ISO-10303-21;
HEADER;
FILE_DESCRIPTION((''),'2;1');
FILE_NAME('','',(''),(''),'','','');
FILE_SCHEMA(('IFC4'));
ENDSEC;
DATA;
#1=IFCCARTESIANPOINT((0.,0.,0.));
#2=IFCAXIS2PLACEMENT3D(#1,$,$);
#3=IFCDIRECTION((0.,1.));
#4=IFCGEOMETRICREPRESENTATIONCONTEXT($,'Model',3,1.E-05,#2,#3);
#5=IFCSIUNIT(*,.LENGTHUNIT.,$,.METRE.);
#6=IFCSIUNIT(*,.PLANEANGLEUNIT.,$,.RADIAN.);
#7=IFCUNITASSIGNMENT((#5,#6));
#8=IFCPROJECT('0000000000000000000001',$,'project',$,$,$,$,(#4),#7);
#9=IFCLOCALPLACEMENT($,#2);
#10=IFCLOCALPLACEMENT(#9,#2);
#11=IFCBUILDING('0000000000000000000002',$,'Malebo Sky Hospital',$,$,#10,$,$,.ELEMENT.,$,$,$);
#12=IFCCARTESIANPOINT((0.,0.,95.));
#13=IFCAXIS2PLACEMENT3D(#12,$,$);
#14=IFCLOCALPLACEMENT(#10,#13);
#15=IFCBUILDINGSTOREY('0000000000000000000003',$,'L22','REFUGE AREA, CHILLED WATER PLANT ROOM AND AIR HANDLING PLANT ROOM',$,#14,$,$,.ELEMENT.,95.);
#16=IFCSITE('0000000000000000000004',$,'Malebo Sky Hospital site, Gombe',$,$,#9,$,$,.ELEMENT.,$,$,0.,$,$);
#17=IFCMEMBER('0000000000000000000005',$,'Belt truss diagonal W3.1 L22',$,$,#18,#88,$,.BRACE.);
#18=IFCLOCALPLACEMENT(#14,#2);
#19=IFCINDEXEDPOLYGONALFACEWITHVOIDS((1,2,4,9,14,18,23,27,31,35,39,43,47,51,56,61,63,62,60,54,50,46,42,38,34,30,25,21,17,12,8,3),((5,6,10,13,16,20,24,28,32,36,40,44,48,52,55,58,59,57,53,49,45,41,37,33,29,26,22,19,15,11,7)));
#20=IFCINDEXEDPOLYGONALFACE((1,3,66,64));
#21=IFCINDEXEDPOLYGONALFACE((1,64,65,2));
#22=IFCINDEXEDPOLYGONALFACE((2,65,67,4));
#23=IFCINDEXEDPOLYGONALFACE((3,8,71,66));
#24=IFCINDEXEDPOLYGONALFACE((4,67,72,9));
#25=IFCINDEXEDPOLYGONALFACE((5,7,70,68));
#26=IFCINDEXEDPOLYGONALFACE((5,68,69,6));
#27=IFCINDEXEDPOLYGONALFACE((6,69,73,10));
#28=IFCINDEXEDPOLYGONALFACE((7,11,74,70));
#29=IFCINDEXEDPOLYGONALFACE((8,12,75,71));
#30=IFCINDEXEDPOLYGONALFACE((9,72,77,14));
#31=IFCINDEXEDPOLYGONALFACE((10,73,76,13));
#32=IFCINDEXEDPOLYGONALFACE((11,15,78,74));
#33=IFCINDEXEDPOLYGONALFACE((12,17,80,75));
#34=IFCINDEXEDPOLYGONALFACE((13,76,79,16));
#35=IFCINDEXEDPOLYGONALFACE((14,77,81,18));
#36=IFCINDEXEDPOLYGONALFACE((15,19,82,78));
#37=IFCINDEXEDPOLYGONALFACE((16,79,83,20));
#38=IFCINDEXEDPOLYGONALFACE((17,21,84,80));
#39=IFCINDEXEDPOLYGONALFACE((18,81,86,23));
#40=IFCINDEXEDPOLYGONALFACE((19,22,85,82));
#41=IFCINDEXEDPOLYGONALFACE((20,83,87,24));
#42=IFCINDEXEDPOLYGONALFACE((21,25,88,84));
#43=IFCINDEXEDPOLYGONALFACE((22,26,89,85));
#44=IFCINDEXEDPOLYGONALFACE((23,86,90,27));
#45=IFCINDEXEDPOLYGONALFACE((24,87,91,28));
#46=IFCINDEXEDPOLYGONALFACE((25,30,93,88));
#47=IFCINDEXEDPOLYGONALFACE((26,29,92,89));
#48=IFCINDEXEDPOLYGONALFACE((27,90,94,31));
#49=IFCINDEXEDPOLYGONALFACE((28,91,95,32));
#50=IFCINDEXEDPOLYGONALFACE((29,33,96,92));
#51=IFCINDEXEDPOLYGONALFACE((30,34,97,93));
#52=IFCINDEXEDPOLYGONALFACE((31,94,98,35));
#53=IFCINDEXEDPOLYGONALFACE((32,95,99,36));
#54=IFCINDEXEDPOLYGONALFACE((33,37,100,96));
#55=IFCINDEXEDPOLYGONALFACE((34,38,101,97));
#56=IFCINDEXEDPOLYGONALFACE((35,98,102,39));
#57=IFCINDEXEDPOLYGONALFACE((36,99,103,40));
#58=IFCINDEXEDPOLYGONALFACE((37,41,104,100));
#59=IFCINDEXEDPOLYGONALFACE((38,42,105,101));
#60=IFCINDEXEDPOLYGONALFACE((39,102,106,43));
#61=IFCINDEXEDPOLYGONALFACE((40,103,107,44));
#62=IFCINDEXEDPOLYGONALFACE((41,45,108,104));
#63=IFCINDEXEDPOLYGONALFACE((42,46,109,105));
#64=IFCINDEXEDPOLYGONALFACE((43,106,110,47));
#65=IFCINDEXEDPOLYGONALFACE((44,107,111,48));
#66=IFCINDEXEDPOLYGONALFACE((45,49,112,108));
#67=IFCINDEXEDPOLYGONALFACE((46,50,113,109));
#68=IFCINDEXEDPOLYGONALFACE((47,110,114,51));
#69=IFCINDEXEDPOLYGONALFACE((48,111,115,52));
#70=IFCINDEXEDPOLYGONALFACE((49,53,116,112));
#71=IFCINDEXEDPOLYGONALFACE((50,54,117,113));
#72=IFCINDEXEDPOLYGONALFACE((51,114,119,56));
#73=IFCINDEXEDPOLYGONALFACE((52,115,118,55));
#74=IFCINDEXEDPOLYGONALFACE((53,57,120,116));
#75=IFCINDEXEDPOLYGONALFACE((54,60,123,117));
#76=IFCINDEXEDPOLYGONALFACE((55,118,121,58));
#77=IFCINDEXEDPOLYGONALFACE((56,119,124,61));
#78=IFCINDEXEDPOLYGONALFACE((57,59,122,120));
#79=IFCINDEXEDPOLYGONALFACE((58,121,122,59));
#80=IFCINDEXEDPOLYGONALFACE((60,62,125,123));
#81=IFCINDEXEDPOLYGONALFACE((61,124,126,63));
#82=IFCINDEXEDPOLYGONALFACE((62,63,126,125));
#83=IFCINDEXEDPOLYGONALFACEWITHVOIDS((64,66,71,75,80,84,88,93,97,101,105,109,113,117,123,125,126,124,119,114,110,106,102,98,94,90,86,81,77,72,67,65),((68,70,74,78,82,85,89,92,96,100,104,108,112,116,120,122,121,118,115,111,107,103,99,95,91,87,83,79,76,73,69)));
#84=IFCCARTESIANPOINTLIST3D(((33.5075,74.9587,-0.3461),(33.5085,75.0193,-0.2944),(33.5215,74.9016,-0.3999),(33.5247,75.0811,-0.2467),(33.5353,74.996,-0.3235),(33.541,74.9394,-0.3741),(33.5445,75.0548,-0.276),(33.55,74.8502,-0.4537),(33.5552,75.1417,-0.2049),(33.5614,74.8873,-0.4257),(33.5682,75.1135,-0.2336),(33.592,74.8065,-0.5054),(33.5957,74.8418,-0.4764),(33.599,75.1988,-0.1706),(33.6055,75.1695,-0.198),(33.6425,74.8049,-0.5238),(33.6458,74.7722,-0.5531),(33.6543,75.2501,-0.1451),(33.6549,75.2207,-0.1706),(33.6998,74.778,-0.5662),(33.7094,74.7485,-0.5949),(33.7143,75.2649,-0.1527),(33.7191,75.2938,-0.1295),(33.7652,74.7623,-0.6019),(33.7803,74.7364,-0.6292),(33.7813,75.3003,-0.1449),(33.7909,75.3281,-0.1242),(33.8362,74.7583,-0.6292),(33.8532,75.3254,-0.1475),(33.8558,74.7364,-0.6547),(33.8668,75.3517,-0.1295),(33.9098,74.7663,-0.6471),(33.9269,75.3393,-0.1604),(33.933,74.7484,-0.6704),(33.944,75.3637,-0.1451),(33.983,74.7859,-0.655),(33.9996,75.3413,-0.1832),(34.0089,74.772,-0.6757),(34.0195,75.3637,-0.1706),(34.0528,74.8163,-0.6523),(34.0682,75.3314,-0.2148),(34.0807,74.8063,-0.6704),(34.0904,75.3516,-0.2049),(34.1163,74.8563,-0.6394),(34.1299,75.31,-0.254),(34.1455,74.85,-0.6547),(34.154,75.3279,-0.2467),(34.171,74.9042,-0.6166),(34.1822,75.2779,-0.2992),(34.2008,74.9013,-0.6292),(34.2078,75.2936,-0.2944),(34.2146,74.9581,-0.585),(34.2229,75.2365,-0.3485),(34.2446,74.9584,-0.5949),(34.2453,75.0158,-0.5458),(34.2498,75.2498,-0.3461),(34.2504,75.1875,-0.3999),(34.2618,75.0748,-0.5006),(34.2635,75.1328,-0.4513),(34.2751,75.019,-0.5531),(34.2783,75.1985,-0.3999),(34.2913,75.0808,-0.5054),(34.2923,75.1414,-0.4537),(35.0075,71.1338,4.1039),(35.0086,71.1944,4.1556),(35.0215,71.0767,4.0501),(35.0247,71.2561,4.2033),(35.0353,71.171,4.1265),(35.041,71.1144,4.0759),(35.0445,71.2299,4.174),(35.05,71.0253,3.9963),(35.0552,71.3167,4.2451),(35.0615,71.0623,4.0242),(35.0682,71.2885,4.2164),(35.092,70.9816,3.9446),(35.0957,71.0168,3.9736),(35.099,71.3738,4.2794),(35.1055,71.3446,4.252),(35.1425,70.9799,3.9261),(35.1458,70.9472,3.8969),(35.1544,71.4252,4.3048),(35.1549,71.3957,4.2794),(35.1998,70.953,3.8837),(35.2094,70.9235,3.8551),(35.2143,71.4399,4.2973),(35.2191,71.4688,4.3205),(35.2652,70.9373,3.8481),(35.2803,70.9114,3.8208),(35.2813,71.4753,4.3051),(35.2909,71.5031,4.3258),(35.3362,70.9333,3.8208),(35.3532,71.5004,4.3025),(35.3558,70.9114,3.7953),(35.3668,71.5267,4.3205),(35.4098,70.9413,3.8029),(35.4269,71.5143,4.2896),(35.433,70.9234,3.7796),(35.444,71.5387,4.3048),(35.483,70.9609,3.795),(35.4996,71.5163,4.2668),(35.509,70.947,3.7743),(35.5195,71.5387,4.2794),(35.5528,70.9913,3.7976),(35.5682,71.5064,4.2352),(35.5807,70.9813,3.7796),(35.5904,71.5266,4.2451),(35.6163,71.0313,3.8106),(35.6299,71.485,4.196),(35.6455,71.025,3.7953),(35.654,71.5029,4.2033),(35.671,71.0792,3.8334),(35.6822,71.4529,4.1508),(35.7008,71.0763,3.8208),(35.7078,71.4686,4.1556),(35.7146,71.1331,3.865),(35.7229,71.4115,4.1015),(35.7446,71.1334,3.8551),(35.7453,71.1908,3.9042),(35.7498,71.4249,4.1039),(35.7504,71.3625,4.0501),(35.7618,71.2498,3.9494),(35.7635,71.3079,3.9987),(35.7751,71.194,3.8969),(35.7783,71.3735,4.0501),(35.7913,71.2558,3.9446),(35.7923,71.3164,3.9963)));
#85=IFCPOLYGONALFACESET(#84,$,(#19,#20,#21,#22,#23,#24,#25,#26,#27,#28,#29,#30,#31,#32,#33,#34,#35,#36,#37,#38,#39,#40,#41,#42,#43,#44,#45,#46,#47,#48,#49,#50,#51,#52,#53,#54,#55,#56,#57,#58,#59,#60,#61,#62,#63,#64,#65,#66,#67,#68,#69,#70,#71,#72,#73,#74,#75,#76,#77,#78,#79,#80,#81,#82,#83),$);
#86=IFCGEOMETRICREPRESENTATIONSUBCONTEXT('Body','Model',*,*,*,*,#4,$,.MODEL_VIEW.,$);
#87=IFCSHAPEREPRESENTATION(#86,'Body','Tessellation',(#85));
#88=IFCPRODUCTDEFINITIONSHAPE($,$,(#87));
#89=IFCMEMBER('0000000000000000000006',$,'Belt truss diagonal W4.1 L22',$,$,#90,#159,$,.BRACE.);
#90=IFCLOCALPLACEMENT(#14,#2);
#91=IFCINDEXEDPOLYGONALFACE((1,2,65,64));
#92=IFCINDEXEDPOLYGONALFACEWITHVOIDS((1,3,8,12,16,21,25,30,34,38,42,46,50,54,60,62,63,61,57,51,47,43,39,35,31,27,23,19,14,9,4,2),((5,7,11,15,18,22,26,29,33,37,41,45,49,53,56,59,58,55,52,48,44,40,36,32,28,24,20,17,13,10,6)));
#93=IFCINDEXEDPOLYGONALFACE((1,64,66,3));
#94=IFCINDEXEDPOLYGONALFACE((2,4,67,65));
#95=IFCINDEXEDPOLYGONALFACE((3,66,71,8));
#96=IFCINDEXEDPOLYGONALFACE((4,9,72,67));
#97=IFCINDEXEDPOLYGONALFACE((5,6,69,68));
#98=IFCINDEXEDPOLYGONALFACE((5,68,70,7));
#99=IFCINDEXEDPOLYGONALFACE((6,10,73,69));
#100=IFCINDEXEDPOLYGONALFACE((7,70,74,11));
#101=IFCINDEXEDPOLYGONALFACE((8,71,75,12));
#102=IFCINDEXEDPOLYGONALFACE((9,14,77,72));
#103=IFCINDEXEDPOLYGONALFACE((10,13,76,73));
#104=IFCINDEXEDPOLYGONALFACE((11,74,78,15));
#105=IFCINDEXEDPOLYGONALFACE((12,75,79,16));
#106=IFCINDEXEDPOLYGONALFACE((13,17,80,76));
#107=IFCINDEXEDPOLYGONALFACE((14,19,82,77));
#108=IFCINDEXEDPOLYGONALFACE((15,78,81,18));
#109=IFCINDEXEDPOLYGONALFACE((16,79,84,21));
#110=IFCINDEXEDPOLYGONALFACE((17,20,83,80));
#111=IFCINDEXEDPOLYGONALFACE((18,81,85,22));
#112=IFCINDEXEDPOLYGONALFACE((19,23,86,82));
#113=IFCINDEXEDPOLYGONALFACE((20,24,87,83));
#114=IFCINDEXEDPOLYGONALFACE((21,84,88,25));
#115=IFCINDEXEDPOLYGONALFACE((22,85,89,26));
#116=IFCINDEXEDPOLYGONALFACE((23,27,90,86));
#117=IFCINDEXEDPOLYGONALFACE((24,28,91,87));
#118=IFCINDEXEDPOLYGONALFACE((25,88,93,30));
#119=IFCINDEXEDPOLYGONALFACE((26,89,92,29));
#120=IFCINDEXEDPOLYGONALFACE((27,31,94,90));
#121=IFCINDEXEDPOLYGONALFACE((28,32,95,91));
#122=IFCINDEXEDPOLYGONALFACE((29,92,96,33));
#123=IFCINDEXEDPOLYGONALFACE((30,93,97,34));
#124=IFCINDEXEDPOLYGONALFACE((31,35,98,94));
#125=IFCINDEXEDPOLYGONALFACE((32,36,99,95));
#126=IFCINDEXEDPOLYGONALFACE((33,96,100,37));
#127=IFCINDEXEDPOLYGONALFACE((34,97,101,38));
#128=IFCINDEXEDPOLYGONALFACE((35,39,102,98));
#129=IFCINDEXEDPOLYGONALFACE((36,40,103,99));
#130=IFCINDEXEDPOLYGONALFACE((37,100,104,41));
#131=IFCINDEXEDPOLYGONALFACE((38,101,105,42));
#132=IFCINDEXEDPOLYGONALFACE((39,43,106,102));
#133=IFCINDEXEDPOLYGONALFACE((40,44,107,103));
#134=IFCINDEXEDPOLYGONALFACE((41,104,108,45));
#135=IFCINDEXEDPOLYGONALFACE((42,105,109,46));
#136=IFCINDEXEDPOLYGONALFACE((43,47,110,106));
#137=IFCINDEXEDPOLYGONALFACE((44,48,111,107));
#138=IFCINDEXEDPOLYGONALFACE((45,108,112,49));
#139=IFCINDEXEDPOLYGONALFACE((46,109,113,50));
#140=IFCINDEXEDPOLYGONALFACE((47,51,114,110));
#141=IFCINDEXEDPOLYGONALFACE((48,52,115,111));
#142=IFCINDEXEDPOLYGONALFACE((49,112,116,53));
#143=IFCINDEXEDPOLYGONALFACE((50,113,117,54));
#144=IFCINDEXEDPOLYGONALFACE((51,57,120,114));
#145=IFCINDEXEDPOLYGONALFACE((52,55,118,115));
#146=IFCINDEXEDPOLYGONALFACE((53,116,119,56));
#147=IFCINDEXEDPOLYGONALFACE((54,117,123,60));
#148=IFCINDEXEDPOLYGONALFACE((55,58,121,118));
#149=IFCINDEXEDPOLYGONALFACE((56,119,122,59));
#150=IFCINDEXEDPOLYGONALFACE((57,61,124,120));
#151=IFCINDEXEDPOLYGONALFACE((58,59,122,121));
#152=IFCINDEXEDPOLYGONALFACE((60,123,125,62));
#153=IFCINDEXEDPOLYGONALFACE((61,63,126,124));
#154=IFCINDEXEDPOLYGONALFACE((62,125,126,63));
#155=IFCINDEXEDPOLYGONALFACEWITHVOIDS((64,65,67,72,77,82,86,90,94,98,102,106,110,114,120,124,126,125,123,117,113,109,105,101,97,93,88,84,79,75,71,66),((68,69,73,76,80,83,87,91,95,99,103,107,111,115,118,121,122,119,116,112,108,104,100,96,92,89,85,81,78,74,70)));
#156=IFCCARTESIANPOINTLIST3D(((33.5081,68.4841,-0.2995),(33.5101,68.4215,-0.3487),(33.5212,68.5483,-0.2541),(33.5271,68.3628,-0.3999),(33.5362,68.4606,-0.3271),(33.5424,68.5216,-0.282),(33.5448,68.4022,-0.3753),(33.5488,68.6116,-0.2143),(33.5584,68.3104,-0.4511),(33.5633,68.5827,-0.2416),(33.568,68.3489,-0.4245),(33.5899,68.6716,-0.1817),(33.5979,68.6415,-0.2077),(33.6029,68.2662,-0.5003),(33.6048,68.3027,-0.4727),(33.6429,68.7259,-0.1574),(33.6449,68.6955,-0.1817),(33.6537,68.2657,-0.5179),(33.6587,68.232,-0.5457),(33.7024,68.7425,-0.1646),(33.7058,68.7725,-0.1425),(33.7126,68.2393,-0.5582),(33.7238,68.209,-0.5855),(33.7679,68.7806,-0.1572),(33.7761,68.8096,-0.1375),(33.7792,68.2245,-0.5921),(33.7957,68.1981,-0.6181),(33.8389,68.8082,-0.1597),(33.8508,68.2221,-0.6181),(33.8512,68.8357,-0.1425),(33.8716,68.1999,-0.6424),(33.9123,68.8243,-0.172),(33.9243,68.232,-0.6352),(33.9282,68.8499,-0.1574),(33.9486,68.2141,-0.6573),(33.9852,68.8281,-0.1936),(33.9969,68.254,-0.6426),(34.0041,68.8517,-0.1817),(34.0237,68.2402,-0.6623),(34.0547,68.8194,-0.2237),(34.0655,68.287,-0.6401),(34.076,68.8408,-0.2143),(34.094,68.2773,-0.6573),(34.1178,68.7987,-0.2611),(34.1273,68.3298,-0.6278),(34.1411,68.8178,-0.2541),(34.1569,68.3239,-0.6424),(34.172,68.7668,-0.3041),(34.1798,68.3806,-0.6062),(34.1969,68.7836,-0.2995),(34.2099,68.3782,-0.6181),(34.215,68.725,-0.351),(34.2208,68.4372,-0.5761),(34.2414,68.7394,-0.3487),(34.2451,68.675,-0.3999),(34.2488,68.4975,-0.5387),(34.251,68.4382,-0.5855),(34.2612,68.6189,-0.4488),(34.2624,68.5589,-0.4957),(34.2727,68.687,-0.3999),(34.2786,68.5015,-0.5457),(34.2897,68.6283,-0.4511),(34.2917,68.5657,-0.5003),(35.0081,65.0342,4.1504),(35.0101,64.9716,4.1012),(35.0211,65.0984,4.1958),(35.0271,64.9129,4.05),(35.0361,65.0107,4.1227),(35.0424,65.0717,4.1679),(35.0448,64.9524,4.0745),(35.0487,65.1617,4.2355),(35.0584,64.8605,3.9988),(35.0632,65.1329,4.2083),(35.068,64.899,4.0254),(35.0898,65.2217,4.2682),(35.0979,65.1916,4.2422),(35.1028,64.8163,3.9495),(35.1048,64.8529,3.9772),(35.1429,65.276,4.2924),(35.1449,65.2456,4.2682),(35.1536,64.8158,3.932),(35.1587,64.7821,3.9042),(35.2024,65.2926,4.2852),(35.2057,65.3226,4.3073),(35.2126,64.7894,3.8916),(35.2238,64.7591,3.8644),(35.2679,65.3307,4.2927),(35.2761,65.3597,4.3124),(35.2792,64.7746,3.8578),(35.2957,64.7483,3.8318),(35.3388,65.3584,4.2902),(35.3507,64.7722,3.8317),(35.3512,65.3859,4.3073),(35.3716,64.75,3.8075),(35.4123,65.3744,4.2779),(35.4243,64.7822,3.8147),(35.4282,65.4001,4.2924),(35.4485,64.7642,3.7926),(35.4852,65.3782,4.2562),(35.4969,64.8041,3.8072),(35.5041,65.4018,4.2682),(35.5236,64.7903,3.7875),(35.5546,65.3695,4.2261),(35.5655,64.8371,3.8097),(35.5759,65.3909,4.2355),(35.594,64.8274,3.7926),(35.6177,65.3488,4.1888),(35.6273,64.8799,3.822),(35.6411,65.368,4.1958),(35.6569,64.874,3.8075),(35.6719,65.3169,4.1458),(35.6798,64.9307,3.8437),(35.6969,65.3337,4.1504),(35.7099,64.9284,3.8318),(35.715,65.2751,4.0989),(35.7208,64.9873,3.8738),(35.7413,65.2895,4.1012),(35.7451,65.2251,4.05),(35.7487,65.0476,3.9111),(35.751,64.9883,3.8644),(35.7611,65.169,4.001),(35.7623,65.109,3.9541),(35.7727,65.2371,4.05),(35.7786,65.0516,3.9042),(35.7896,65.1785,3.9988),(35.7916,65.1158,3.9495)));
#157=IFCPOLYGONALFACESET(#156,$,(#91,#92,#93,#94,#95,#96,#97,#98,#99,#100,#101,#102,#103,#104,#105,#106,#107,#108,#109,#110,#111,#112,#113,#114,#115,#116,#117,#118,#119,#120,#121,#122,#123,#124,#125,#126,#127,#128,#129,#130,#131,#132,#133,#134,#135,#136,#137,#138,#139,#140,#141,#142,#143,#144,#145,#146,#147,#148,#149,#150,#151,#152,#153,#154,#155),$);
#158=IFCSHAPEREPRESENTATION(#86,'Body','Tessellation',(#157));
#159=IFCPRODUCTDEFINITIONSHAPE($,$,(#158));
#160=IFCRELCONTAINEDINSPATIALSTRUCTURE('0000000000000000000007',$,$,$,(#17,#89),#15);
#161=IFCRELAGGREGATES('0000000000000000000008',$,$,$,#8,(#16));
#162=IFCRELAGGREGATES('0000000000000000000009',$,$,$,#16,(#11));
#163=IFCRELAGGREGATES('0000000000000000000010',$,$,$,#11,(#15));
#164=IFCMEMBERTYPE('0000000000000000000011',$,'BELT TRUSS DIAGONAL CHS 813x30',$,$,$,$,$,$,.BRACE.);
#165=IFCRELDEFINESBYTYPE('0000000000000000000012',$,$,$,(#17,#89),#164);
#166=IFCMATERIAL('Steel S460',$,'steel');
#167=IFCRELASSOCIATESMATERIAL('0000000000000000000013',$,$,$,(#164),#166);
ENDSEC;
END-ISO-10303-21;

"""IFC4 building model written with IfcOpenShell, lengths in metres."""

from ifc_helpers import new_model, si_unit, direction, frame, origin, origin_2d, place, context, subcontext, project, spatial, hollow_circle, extrude, material, material_profile, profile_set, type_object, element, save


model = new_model("IFC4")

# Units and contexts
model_context = context("Model", 3, precision=1e-05, world=origin(), true_north=direction((0.0, 1.0)))
body_context = subcontext(model_context, "Body", "Model", "MODEL_VIEW")
ifc_project = project(units=[si_unit("LENGTHUNIT", "METRE"), si_unit("PLANEANGLEUNIT", "RADIAN")], contexts=[model_context])

# Site, building, storey
site_placement = place(None, origin())
site = spatial("IfcSite", under=ifc_project, at=site_placement, Name="Malebo Sky Hospital site, Gombe", CompositionType="ELEMENT", RefElevation=0.0)
building_placement = place(site_placement, origin())
building = spatial("IfcBuilding", under=site, at=building_placement, Name="Malebo Sky Hospital", CompositionType="ELEMENT")
storey_placement = place(building_placement, frame((0.0, 0.0, 95.0)))
storey = spatial("IfcBuildingStorey", under=building, at=storey_placement, Name="L22", Description="REFUGE AREA, CHILLED WATER PLANT ROOM AND AIR HANDLING PLANT ROOM", CompositionType="ELEMENT", Elevation=95.0)

# Members
ifc_material_1 = material(Name="Steel S460", Category="steel")
ifc_material_profile_1 = material_profile(ifc_material_1, hollow_circle(Radius=0.4065, WallThickness=0.03, at=origin_2d()), Name="CHS 813x30")
ifc_profile_set_1 = profile_set([ifc_material_profile_1], Name="Steel S460")
member_type_1 = type_object("IfcMemberType", Name="BELT TRUSS DIAGONAL CHS 813x30", PredefinedType="BRACE", material=ifc_profile_set_1)
member_1_placement = place(storey_placement, frame((33.8999, 75.05, -0.3999), z_axis=(0.247664, -0.631535, 0.734728), x_axis=(0.930972, 0.365092, 0.0)))
element("IfcMember", 1, at=member_1_placement, inside=storey, type_object=member_type_1, Name="Belt truss diagonal W3.1 L22", PredefinedType="BRACE", context=body_context, shape_type="SweptSolid", body=[
    extrude(hollow_circle(Radius=0.4065, WallThickness=0.03, at=origin_2d()), origin(), (0.0, 0.0, 1.0), 6.0566),
])
member_2_placement = place(storey_placement, frame((33.8999, 68.5249, -0.3999), z_axis=(0.257421, -0.59206, 0.763675), x_axis=(0.917068, 0.398731, 0.0)))
element("IfcMember", 2, at=member_2_placement, inside=storey, type_object=member_type_1, Name="Belt truss diagonal W4.1 L22", PredefinedType="BRACE", context=body_context, shape_type="SweptSolid", body=[
    extrude(hollow_circle(Radius=0.4065, WallThickness=0.03, at=origin_2d()), origin(), (0.0, 0.0, 1.0), 5.8269),
])

save(model, "model.ifc")
